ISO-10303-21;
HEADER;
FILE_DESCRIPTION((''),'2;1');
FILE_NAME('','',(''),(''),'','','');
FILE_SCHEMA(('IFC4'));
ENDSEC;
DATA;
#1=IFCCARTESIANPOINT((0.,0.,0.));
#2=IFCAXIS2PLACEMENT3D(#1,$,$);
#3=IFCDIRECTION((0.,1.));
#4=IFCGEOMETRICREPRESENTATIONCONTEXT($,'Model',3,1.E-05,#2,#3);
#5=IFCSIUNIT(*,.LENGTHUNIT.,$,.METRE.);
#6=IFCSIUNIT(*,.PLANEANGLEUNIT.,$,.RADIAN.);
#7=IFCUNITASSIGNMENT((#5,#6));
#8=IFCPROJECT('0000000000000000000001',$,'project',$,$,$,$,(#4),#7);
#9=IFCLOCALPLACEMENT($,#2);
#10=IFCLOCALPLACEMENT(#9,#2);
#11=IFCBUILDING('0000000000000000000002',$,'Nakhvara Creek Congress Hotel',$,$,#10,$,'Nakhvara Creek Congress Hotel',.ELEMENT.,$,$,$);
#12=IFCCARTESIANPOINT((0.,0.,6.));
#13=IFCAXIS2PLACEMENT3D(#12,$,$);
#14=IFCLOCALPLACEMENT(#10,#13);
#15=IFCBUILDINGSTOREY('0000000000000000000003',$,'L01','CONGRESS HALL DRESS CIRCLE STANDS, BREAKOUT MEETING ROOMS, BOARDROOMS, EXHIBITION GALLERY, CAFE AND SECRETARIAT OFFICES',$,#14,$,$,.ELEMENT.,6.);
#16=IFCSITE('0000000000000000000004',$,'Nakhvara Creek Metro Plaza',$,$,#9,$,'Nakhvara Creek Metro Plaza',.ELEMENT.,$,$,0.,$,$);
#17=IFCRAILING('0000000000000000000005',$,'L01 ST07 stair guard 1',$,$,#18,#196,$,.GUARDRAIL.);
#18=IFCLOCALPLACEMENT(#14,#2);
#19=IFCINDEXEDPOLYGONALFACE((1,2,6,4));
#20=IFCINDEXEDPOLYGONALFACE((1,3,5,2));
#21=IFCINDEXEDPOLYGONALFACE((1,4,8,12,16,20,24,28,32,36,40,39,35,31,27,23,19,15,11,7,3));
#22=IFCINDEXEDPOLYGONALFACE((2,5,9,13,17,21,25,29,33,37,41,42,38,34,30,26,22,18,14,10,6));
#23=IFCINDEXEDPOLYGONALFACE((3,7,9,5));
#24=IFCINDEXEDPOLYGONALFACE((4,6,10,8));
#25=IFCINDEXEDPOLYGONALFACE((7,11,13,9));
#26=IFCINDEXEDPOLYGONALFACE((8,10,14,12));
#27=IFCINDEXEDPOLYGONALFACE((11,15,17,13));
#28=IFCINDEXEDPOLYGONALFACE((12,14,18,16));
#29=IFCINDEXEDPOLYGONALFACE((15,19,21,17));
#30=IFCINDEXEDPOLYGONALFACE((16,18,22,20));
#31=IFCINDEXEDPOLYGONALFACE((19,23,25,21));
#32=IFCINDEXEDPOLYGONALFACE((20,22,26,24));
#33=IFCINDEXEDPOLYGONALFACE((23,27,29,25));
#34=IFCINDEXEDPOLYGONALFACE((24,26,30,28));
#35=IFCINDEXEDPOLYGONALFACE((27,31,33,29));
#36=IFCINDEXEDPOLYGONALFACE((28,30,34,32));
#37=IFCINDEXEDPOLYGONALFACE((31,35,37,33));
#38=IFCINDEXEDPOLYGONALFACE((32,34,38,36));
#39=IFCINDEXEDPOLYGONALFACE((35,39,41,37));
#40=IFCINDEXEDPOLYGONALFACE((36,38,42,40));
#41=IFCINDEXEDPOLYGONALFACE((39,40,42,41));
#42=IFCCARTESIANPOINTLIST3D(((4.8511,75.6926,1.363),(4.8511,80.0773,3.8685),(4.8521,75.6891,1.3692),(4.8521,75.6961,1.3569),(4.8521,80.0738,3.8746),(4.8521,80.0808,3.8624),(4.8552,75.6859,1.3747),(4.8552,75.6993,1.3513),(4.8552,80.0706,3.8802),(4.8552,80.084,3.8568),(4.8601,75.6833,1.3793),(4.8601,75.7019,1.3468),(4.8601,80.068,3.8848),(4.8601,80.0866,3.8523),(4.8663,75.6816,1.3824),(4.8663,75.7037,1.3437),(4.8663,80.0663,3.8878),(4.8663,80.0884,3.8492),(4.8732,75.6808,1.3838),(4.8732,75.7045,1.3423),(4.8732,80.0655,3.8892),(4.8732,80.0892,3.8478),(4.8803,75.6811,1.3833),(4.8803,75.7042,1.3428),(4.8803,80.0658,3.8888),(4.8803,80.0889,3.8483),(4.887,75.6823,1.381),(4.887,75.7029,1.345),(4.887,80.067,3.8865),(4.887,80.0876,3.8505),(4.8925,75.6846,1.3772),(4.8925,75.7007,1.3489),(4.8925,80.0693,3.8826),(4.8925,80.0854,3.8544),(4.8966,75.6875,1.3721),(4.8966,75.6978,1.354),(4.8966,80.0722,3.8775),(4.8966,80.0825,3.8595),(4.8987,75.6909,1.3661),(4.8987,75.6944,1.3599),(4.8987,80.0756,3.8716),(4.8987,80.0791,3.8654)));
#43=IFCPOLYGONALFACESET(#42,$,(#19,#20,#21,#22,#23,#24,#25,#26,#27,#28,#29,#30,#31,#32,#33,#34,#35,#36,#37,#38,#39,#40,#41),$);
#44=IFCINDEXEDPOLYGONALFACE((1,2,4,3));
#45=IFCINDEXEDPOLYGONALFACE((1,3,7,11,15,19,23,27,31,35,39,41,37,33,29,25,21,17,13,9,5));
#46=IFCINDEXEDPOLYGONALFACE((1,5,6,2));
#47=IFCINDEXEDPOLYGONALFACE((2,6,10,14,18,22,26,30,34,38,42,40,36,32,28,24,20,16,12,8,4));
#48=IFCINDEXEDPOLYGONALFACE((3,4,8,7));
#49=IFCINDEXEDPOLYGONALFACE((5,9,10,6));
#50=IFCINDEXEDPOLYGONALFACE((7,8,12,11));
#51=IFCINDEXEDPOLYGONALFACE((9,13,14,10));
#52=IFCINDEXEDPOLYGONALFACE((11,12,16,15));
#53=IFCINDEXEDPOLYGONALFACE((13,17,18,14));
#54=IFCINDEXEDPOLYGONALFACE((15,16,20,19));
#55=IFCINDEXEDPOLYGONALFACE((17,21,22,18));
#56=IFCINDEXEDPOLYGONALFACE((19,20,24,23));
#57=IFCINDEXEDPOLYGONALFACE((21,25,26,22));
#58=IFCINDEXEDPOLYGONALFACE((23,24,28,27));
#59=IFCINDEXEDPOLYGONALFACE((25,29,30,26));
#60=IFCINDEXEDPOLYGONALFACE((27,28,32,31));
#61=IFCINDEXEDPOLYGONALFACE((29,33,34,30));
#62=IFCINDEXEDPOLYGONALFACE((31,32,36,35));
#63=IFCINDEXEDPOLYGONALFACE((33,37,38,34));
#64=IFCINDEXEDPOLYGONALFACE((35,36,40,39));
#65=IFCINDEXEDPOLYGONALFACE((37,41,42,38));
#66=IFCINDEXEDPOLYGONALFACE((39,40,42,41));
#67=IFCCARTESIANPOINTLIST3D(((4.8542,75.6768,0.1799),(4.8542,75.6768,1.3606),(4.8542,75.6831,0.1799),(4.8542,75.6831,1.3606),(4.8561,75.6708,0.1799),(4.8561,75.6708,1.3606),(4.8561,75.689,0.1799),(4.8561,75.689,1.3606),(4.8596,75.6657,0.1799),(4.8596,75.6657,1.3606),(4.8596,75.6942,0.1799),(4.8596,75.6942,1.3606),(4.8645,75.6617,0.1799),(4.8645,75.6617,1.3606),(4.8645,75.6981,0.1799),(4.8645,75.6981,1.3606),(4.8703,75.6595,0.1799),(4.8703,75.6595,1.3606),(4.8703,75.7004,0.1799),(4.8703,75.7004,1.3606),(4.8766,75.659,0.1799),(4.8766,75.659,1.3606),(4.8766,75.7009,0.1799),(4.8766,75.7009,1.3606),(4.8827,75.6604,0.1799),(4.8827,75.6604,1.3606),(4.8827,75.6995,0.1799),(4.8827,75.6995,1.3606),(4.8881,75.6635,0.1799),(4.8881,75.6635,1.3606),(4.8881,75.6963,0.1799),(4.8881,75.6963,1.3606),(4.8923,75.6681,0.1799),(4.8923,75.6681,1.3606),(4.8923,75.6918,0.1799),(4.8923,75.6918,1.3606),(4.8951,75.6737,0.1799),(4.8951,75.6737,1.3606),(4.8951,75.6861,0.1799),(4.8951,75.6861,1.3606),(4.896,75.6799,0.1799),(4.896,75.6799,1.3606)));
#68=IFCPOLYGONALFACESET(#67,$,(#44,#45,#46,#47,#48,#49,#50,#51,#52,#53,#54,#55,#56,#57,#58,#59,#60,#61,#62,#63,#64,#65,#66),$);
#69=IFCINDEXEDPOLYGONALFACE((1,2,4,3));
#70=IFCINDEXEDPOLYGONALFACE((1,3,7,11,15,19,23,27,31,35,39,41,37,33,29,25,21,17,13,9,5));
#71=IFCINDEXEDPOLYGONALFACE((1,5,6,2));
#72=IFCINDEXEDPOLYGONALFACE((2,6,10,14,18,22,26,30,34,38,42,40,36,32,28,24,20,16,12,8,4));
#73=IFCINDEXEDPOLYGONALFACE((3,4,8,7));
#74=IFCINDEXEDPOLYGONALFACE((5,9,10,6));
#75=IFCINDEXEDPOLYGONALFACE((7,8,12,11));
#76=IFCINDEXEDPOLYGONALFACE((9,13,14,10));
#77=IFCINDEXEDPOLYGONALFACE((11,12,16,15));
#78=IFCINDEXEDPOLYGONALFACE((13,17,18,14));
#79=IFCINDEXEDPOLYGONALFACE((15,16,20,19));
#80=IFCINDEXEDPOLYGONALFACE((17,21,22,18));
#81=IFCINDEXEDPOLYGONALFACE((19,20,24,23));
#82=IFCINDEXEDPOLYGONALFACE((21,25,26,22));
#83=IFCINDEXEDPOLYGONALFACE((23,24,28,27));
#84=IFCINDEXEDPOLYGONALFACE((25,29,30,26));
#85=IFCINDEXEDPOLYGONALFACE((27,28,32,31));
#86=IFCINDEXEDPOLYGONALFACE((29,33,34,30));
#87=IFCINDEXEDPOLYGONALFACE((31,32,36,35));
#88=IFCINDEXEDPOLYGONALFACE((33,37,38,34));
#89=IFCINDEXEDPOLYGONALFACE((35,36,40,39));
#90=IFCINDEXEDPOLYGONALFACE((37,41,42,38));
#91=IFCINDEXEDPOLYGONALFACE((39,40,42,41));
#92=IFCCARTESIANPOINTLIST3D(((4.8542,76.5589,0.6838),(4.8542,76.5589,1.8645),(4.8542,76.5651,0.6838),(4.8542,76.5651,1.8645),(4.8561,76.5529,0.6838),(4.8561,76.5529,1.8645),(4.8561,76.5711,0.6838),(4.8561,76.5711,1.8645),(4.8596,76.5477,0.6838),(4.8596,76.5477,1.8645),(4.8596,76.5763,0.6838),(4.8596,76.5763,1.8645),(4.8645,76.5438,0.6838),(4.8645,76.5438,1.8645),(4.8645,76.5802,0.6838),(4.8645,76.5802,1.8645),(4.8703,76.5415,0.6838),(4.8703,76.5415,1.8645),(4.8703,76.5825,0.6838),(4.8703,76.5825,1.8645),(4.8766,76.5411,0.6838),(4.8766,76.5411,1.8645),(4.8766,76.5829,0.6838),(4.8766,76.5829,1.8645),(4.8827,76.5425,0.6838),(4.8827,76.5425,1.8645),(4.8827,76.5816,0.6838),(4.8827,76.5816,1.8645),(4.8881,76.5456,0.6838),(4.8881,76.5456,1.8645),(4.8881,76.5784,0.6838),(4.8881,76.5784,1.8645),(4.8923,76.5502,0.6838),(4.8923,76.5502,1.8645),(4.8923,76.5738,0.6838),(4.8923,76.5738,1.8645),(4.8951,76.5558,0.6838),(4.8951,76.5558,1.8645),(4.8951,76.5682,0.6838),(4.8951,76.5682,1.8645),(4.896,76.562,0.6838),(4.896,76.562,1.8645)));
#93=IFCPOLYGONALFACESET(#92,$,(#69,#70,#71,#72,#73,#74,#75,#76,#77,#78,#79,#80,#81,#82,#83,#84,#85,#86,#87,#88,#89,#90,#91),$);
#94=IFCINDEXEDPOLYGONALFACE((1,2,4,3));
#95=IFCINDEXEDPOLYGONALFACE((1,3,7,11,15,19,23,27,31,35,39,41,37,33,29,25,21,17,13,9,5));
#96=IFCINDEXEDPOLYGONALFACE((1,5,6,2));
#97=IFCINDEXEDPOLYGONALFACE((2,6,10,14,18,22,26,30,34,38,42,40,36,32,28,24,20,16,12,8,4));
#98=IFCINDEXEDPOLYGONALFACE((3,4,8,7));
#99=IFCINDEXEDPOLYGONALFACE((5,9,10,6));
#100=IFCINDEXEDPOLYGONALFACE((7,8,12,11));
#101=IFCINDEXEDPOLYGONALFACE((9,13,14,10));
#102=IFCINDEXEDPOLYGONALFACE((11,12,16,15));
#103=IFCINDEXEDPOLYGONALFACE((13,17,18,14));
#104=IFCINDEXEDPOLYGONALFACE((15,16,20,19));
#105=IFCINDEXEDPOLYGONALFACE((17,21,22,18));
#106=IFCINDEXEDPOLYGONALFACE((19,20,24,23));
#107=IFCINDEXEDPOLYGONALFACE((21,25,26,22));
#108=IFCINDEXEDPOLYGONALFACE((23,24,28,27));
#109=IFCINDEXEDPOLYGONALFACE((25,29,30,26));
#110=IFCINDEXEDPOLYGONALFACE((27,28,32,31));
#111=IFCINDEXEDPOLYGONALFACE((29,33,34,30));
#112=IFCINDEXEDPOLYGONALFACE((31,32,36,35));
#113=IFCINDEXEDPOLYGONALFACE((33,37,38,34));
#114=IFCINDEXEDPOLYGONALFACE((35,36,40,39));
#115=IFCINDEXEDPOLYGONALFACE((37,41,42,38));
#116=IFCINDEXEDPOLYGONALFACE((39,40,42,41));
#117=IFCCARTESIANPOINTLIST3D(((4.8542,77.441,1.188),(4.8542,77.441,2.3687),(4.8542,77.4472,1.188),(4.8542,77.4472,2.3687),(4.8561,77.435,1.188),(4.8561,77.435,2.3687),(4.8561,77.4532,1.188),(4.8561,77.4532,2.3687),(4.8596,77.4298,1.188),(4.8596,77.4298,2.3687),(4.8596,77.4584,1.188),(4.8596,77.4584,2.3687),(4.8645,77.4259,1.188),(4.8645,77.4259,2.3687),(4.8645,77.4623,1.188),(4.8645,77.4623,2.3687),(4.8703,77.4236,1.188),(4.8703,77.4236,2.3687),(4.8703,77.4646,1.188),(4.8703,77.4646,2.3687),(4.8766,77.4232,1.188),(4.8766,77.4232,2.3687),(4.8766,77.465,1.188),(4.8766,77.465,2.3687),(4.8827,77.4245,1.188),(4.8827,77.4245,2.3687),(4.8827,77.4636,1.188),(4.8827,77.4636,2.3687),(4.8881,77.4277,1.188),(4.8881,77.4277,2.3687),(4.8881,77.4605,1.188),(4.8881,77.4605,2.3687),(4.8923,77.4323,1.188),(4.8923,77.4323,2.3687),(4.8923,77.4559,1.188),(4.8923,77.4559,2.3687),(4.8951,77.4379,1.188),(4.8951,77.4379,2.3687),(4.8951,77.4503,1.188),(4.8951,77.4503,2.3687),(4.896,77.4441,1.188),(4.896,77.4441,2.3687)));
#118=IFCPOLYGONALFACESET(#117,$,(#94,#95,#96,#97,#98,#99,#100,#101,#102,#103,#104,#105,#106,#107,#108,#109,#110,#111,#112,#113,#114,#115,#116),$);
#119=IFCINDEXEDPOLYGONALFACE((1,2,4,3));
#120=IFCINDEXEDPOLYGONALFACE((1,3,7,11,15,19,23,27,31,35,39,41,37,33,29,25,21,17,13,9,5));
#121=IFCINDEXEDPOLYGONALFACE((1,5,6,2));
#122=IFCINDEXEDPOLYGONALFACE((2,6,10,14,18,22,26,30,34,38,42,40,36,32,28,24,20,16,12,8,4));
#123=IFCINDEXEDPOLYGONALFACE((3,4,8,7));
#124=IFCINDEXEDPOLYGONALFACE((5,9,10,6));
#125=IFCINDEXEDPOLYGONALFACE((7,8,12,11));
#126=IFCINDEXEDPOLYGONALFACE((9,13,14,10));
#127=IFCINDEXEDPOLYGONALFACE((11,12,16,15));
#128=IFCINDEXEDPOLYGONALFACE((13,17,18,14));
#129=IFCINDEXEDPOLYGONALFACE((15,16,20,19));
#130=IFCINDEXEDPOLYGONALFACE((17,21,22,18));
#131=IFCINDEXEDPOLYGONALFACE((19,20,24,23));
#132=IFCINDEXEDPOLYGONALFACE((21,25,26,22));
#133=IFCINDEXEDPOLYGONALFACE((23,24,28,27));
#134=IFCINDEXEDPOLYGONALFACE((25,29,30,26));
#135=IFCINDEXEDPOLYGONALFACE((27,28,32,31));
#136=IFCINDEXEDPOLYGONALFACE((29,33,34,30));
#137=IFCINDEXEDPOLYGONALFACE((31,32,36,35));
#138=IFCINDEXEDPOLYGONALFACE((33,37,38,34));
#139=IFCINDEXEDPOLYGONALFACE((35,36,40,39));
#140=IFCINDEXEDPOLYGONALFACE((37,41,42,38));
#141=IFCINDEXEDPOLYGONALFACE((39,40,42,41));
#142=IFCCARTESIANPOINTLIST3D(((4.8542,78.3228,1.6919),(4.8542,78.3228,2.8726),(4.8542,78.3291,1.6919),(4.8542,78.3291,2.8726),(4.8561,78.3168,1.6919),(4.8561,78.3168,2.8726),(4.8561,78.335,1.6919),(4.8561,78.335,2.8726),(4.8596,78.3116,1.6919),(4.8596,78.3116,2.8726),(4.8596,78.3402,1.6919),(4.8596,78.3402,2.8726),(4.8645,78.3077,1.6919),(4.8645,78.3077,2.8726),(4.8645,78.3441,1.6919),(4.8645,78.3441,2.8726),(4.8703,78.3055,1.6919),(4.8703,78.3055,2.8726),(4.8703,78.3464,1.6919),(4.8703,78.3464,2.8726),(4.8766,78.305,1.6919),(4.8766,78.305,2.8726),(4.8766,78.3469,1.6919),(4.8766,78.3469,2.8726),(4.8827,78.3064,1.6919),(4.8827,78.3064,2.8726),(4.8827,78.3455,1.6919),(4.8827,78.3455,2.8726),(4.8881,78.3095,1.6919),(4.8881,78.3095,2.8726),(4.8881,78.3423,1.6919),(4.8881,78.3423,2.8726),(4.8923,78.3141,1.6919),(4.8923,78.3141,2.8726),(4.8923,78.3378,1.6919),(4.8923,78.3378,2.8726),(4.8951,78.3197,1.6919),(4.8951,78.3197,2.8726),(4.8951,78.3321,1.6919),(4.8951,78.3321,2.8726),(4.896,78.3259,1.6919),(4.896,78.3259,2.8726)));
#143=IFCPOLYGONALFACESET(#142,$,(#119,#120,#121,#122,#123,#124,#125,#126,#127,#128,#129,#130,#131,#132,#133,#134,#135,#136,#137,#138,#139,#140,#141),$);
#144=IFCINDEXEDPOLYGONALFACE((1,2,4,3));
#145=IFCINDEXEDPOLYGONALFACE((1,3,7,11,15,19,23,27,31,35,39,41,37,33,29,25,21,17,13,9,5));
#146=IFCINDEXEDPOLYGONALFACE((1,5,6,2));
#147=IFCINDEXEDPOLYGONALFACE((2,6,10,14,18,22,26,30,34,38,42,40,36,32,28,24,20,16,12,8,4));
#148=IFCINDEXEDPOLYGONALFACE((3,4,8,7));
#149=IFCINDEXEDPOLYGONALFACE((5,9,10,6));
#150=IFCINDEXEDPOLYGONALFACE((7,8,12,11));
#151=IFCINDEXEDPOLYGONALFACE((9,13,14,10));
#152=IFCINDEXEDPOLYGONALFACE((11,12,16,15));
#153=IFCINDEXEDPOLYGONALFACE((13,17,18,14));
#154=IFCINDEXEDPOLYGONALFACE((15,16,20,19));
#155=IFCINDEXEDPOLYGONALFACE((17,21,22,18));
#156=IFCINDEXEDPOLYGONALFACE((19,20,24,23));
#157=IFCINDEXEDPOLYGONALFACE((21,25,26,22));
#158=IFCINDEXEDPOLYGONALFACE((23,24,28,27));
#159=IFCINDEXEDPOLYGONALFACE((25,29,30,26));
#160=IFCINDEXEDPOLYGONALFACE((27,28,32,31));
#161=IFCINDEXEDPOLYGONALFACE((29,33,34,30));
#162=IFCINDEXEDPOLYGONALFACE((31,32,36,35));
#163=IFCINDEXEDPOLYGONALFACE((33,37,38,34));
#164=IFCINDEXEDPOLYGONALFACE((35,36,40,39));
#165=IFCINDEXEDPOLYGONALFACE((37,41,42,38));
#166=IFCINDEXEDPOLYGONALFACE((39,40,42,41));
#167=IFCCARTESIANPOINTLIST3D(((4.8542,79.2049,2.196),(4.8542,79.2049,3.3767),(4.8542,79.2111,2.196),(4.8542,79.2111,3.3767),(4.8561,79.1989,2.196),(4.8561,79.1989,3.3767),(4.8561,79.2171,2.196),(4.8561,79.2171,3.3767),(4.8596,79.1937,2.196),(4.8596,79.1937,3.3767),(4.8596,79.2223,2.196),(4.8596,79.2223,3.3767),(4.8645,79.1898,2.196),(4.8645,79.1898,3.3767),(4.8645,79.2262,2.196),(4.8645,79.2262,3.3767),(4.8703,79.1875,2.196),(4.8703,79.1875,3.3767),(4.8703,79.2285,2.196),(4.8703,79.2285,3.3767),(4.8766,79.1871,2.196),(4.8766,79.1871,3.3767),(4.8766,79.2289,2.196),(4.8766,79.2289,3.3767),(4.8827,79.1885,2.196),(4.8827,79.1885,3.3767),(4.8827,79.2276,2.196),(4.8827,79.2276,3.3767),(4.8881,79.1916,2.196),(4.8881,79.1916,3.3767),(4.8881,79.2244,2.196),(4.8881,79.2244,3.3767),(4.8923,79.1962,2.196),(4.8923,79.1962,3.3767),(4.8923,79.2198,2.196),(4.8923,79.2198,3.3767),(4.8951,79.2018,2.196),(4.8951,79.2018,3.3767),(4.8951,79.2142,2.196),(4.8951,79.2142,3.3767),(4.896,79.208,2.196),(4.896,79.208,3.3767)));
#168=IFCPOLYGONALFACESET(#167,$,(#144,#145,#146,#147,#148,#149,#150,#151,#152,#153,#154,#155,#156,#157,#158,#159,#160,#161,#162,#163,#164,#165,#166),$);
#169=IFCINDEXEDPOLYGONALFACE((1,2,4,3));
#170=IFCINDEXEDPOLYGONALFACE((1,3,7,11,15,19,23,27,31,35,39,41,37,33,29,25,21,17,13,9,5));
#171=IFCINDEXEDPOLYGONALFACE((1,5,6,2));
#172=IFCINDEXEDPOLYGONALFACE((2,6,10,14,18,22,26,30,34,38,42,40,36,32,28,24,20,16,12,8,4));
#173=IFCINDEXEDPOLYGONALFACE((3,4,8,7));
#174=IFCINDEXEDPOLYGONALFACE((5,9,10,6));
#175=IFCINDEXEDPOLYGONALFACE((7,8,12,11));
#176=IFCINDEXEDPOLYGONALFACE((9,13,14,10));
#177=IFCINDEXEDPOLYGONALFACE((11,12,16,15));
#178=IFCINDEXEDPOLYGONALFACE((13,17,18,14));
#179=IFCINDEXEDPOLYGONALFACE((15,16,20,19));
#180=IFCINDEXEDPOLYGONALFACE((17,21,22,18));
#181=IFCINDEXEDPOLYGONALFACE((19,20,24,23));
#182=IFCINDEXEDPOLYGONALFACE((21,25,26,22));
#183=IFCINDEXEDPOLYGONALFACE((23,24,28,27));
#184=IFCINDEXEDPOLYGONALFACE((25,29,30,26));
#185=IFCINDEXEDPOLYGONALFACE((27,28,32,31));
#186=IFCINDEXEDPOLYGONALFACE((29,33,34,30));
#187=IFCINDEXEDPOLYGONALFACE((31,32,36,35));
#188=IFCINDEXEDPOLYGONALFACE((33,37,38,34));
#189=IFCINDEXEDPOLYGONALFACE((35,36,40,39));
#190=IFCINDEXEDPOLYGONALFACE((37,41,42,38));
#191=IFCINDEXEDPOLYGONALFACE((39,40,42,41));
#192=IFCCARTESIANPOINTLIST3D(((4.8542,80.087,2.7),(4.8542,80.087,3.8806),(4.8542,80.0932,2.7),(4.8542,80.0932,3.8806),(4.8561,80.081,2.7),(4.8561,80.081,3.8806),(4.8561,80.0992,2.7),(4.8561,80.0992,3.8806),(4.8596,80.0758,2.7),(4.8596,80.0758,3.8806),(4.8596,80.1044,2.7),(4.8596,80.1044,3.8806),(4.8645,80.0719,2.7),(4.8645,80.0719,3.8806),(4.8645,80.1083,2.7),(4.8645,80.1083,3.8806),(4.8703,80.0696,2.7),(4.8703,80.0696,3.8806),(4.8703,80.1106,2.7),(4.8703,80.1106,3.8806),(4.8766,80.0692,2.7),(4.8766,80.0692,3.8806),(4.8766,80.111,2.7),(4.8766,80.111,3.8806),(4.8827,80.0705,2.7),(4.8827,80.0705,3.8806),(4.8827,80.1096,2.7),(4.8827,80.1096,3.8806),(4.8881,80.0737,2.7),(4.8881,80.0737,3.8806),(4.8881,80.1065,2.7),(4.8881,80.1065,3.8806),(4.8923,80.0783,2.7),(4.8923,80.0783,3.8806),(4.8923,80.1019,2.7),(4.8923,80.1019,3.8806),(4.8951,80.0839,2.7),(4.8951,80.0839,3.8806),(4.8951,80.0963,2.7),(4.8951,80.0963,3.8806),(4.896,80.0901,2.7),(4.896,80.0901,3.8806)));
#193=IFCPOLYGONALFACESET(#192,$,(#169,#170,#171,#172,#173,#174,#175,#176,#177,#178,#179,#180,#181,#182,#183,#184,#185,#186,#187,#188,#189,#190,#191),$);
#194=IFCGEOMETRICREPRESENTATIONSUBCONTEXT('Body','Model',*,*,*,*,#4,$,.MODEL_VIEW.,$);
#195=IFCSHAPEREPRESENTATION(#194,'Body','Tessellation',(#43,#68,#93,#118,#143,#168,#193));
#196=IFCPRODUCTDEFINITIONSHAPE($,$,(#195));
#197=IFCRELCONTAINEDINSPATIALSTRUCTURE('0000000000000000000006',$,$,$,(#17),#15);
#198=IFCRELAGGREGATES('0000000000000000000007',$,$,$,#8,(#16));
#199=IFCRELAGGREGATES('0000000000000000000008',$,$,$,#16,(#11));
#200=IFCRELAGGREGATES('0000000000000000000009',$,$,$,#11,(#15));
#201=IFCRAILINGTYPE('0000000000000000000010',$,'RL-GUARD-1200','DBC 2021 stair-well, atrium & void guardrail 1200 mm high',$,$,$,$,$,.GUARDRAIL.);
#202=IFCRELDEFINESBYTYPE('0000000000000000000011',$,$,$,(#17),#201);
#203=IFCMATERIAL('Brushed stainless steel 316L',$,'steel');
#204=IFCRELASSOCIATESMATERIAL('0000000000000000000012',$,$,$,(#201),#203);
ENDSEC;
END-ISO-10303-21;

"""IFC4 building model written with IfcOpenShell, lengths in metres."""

from ifc_helpers import new_model, si_unit, direction, frame, origin, origin_2d, place, context, subcontext, project, spatial, circle, extrude, material, type_object, element, save


model = new_model("IFC4")

# Units and contexts
model_context = context("Model", 3, precision=1e-05, world=origin(), true_north=direction((0.0, 1.0)))
body_context = subcontext(model_context, "Body", "Model", "MODEL_VIEW")
ifc_project = project(units=[si_unit("LENGTHUNIT", "METRE"), si_unit("PLANEANGLEUNIT", "RADIAN")], contexts=[model_context])

# Site, building, storey
site_placement = place(None, origin())
site = spatial("IfcSite", under=ifc_project, at=site_placement, Name="Nakhvara Creek Metro Plaza", LongName="Nakhvara Creek Metro Plaza", CompositionType="ELEMENT", RefElevation=0.0)
building_placement = place(site_placement, origin())
building = spatial("IfcBuilding", under=site, at=building_placement, Name="Nakhvara Creek Congress Hotel", LongName="Nakhvara Creek Congress Hotel", CompositionType="ELEMENT")
storey_placement = place(building_placement, frame((0.0, 0.0, 6.0)))
storey = spatial("IfcBuildingStorey", under=building, at=storey_placement, Name="L01", Description="CONGRESS HALL DRESS CIRCLE STANDS, BREAKOUT MEETING ROOMS, BOARDROOMS, EXHIBITION GALLERY, CAFE AND SECRETARIAT OFFICES", CompositionType="ELEMENT", Elevation=6.0)

# Railing
ifc_material_1 = material(Name="Brushed stainless steel 316L", Category="steel")
railing_type_1 = type_object("IfcRailingType", Name="RL-GUARD-1200", Description="DBC 2021 stair-well, atrium & void guardrail 1200 mm high", PredefinedType="GUARDRAIL", material=ifc_material_1)
railing_1_placement = place(storey_placement, frame((4.875, 75.6799, 0.1799)))
element("IfcRailing", 1, at=railing_1_placement, inside=storey, type_object=railing_type_1, Name="L01 ST07 stair guard 1", PredefinedType="GUARDRAIL", context=body_context, shape_type="SweptSolid", body=[
    extrude(circle(Radius=0.0239, at=origin_2d()), frame((0.0, 0.0127, 1.1831), z_axis=(0.0, 0.868249, 0.496129), x_axis=(-1.0, 0.0, 0.0)), (0.0, 0.0, 1.0), 5.05),
    extrude(circle(Radius=0.021, at=origin_2d()), origin(), (0.0, 0.0, 1.0), 1.1807),
    extrude(circle(Radius=0.021, at=origin_2d()), frame((0.0, 0.8821, 0.5039)), (0.0, 0.0, 1.0), 1.1807),
    extrude(circle(Radius=0.021, at=origin_2d()), frame((0.0, 1.7642, 1.0081)), (0.0, 0.0, 1.0), 1.1807),
    extrude(circle(Radius=0.021, at=origin_2d()), frame((0.0, 2.646, 1.512)), (0.0, 0.0, 1.0), 1.1807),
    extrude(circle(Radius=0.021, at=origin_2d()), frame((0.0, 3.5281, 2.0161)), (0.0, 0.0, 1.0), 1.1807),
    extrude(circle(Radius=0.021, at=origin_2d()), frame((0.0, 4.4102, 2.52)), (0.0, 0.0, 1.0), 1.1807),
])

save(model, "model.ifc")
